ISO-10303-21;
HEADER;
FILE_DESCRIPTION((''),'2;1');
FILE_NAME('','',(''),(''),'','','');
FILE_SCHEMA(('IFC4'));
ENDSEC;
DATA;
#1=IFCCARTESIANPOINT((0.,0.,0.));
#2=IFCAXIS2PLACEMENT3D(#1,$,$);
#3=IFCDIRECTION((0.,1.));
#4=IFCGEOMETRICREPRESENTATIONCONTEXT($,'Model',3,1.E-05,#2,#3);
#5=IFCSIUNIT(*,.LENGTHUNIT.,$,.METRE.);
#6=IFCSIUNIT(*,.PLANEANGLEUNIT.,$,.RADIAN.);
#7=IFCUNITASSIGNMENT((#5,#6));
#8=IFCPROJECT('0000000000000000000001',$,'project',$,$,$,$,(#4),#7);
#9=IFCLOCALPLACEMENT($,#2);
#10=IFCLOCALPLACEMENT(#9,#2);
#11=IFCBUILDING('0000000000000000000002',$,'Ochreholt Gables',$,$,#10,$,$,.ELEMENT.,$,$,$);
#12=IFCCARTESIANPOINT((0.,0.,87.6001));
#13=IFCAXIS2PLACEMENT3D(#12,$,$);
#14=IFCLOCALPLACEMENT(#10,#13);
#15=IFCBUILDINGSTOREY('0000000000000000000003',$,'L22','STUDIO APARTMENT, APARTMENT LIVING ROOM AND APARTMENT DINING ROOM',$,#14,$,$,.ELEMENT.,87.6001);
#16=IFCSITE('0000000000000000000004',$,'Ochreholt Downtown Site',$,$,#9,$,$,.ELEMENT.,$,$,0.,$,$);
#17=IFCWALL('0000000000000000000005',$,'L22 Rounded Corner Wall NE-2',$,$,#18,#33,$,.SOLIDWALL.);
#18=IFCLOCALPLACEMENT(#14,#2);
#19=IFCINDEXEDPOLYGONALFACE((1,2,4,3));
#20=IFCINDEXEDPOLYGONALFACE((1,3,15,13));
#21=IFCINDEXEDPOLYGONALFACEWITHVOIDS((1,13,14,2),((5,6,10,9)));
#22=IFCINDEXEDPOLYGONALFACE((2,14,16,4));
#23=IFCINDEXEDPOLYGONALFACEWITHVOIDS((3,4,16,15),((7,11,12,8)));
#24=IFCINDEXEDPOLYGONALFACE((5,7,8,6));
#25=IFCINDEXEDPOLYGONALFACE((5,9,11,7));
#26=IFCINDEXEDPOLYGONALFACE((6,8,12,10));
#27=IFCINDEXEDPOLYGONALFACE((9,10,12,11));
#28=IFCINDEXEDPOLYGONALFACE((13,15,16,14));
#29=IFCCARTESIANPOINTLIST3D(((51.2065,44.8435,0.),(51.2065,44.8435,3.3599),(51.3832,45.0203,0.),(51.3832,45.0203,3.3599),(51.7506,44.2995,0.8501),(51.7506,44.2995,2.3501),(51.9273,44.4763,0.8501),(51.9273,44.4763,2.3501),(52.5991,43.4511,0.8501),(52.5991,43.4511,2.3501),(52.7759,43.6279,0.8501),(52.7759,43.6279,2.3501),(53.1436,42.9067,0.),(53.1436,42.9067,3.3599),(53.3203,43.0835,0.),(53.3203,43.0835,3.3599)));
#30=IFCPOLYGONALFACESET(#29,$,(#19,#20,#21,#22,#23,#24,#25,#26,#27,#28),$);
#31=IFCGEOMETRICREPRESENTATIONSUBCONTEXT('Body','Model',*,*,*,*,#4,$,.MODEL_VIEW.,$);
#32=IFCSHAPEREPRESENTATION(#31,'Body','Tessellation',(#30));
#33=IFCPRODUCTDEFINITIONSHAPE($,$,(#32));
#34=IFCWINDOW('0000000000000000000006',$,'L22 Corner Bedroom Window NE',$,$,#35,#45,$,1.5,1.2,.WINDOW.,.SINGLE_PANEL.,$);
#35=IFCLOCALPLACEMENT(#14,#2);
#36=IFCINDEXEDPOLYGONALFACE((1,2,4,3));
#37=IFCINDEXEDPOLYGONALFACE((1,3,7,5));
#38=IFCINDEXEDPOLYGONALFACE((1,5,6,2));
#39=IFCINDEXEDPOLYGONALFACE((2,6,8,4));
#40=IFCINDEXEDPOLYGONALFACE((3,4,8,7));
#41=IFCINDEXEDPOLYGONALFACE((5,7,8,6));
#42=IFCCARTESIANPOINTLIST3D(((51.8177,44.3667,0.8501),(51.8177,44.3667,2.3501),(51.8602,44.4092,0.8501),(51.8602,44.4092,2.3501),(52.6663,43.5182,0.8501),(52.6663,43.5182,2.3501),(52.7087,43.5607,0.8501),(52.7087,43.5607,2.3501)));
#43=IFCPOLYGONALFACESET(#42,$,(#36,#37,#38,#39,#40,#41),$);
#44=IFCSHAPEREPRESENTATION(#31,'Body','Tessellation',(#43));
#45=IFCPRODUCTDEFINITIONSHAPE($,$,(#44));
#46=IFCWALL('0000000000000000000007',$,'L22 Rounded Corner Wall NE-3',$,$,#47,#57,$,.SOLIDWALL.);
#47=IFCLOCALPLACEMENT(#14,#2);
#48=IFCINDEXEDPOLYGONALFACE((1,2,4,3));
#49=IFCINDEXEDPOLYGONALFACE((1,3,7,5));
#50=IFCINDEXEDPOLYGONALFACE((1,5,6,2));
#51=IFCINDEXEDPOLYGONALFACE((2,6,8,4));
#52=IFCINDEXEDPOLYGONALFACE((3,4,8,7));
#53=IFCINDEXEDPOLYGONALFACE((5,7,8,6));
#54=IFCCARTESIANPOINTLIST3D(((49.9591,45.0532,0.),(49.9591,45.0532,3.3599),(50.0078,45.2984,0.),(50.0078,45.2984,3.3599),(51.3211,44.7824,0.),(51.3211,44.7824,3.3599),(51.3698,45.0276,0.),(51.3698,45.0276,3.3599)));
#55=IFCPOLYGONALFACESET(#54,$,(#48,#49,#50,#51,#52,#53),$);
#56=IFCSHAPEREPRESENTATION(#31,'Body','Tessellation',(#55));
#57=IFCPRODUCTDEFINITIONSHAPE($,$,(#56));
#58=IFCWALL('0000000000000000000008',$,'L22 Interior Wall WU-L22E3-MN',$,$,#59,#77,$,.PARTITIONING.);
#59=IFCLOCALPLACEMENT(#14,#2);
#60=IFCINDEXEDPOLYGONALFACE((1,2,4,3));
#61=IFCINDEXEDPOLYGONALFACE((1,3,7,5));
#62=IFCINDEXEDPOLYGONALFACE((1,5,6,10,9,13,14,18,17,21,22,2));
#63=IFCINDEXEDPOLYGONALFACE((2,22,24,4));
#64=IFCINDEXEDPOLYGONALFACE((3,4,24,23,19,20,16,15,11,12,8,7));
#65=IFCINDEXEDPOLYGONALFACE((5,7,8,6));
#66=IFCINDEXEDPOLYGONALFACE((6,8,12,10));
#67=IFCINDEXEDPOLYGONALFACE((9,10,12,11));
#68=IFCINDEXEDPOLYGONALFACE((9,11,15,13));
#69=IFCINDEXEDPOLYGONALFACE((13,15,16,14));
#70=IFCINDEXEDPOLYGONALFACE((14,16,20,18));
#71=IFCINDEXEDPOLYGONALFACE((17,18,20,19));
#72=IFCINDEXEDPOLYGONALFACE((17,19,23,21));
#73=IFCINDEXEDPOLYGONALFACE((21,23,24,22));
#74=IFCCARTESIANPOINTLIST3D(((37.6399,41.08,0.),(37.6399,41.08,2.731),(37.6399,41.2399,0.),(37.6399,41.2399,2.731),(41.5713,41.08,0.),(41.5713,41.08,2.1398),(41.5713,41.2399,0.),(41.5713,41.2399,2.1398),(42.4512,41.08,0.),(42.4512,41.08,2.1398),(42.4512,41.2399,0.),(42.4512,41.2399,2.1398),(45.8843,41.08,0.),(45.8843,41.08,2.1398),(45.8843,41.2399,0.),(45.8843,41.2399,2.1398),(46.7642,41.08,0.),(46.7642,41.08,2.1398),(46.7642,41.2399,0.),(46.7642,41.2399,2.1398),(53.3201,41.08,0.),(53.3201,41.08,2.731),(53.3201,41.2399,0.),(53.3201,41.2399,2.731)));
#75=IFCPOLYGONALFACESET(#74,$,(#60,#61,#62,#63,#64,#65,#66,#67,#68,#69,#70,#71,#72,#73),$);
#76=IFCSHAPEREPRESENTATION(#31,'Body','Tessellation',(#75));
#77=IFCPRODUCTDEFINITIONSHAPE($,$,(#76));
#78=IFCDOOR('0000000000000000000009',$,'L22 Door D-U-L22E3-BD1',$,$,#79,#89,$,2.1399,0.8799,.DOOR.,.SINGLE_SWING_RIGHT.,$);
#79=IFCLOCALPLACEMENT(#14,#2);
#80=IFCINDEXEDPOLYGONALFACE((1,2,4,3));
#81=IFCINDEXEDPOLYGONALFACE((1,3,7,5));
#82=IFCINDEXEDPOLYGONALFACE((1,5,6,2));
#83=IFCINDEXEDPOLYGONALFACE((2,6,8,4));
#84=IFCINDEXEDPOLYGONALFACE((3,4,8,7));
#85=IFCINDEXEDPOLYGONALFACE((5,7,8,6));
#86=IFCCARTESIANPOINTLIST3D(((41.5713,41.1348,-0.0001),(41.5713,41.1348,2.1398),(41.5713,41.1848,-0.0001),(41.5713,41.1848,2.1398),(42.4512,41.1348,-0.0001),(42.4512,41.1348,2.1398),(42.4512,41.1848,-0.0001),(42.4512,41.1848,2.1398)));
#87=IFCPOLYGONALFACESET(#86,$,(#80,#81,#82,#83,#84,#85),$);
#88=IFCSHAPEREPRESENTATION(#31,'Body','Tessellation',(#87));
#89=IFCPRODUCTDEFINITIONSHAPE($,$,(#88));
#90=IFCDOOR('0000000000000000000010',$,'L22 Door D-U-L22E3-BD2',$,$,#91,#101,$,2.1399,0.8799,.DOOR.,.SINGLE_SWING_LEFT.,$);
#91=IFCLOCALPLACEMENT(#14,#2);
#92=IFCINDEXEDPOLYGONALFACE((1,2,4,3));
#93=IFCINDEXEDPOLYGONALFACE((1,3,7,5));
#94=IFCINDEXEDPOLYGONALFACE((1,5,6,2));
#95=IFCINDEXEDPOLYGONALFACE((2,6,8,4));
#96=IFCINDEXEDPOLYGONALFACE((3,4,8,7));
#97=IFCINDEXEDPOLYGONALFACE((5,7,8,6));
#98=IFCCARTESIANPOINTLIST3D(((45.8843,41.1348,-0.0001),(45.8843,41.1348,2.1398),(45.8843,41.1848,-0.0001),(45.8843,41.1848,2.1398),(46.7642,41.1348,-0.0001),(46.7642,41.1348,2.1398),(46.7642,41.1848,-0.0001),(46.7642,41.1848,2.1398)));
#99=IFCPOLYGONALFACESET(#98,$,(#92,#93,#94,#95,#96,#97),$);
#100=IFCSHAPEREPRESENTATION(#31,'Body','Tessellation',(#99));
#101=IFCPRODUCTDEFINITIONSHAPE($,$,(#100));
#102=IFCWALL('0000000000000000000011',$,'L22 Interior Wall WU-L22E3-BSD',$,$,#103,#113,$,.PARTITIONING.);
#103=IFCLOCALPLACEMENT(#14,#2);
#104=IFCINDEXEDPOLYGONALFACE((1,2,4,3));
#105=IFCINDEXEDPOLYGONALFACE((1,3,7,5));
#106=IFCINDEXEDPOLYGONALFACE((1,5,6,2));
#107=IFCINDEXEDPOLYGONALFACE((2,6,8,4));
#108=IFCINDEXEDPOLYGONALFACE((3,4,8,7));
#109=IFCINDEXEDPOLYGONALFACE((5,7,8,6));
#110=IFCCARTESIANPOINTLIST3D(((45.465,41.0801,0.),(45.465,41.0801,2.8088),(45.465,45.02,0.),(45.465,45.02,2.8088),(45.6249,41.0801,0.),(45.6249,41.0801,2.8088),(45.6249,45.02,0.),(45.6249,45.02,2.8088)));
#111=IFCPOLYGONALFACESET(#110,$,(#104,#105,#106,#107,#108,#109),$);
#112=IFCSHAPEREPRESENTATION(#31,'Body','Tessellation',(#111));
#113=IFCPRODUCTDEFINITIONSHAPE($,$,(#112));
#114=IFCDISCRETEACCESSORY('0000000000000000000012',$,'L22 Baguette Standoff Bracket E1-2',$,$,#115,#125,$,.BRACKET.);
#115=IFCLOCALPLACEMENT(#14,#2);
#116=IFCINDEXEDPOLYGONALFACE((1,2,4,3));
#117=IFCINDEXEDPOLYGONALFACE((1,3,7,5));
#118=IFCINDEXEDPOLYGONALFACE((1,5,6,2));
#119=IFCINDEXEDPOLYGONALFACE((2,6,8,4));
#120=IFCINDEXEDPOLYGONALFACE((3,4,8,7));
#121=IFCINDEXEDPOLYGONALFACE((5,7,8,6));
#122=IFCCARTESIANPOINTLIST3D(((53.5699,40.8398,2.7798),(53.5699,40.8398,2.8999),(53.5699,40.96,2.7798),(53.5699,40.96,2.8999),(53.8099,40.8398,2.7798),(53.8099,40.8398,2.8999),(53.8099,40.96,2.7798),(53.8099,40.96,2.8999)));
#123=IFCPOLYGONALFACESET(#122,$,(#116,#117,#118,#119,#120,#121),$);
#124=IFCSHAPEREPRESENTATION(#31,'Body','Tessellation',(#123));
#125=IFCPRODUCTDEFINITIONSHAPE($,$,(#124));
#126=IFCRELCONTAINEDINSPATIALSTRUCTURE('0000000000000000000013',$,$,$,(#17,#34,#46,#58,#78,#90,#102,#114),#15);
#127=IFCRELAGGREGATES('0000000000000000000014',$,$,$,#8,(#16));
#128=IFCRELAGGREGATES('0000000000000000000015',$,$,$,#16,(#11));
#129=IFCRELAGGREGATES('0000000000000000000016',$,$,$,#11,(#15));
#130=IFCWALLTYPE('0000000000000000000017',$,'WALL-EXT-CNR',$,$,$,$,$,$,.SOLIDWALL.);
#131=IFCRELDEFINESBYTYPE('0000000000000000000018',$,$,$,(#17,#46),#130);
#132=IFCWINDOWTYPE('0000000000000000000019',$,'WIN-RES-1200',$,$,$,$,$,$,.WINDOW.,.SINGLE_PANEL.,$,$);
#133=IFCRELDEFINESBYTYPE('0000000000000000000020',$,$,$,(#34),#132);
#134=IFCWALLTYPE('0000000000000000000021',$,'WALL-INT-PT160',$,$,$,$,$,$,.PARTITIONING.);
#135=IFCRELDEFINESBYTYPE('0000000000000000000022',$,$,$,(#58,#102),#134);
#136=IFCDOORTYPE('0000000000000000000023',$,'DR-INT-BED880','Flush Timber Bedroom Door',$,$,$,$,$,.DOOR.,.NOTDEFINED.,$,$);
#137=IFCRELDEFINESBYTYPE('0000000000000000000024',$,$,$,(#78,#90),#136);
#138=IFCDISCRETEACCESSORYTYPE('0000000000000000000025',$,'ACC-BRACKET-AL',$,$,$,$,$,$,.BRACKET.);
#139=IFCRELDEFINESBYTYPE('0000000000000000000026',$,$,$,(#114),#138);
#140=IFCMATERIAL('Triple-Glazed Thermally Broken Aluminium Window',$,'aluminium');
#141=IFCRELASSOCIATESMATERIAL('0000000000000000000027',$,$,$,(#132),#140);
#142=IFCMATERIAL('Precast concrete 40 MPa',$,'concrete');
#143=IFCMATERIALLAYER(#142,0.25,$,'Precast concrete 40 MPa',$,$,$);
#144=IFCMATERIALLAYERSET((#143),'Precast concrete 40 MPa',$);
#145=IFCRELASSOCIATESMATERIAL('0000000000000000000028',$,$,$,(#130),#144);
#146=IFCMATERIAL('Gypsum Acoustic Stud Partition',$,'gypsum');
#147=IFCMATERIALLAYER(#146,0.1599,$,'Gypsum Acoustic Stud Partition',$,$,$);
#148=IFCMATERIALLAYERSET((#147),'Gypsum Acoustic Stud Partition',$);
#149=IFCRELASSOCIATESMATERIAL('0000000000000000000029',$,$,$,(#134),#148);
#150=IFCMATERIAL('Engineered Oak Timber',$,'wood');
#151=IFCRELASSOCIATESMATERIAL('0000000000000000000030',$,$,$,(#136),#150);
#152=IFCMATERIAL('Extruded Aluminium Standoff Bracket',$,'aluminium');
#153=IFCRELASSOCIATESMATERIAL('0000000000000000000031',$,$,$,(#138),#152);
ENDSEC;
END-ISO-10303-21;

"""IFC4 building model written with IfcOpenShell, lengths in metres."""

from ifc_helpers import new_model, si_unit, direction, frame, frame_2d, origin, origin_2d, place, context, subcontext, project, spatial, rectangle, extrude, material, layer, layer_set, type_object, element, fill, save


model = new_model("IFC4")

# Units and contexts
model_context = context("Model", 3, precision=1e-05, world=origin(), true_north=direction((0.0, 1.0)))
body_context = subcontext(model_context, "Body", "Model", "MODEL_VIEW")
ifc_project = project(units=[si_unit("LENGTHUNIT", "METRE"), si_unit("PLANEANGLEUNIT", "RADIAN")], contexts=[model_context])

# Site, building, storey
site_placement = place(None, origin())
site = spatial("IfcSite", under=ifc_project, at=site_placement, Name="Ochreholt Downtown Site", CompositionType="ELEMENT", RefElevation=0.0)
building_placement = place(site_placement, origin())
building = spatial("IfcBuilding", under=site, at=building_placement, Name="Ochreholt Gables", CompositionType="ELEMENT")
storey_placement = place(building_placement, frame((0.0, 0.0, 87.6001)))
storey = spatial("IfcBuildingStorey", under=building, at=storey_placement, Name="L22", Description="STUDIO APARTMENT, APARTMENT LIVING ROOM AND APARTMENT DINING ROOM", CompositionType="ELEMENT", Elevation=87.6001)

# Shared definitions
ifc_material_1 = material(Name="Precast concrete 40 MPa", Category="concrete")
ifc_material_2 = material(Name="Triple-Glazed Thermally Broken Aluminium Window", Category="aluminium")
window_type = type_object("IfcWindowType", Name="WIN-RES-1200", PartitioningType="SINGLE_PANEL", PredefinedType="WINDOW", material=ifc_material_2)

# Shared definitions
ifc_layer_1 = layer(ifc_material_1, 0.25, Name="Precast concrete 40 MPa")
ifc_layer_set_1 = layer_set([ifc_layer_1], Name="Precast concrete 40 MPa")
wall_type_1 = type_object("IfcWallType", Name="WALL-EXT-CNR", PredefinedType="SOLIDWALL", material=ifc_layer_set_1)

# Wall, opening, window
wall_1_placement = place(storey_placement, frame((53.2319, 42.9951, 0.0), z_axis=(0.0, 0.0, 1.0), x_axis=(-0.707151, 0.707062, 0.0)))
wall_1 = element("IfcWall", 1, at=wall_1_placement, inside=storey, type_object=wall_type_1, Name="L22 Rounded Corner Wall NE-2", PredefinedType="SOLIDWALL", context=body_context, shape_type="SweptSolid", body=[
    extrude(rectangle(XDim=2.7393, YDim=0.25, at=frame_2d((1.3696, 0.0))), origin(), (0.0, 0.0, 1.0), 3.3599),
])
opening_1_placement = place(wall_1_placement, frame((0.7698, 0.0, 0.8501)))
opening_1 = element("IfcOpeningElement", 2, at=opening_1_placement, cuts=wall_1, PredefinedType="OPENING", context=body_context, shape_type="SweptSolid", body=[
    extrude(rectangle(XDim=1.2, YDim=1.5, at=frame_2d((0.6001, 0.75))), frame((0.0, 0.135, 0.0), z_axis=(0.0, -1.0, 0.0), x_axis=(1.0, 0.0, 0.0)), (0.0, 0.0, 1.0), 0.27),
])
window_1_placement = place(opening_1_placement, origin())
window_1 = element("IfcWindow", 3, at=window_1_placement, inside=storey, type_object=window_type, Name="L22 Corner Bedroom Window NE", OverallHeight=1.5, OverallWidth=1.2, PartitioningType="SINGLE_PANEL", PredefinedType="WINDOW", context=body_context, shape_type="SweptSolid", body=[
    extrude(rectangle(XDim=1.2, YDim=1.5, at=frame_2d((0.6001, 0.75))), frame((0.0, 0.03, 0.0), z_axis=(0.0, -1.0, 0.0), x_axis=(1.0, 0.0, 0.0)), (0.0, 0.0, 1.0), 0.0601),
])
fill(opening_1, window_1)

# Wall
wall_2_placement = place(storey_placement, frame((51.3455, 44.905, 0.0), z_axis=(0.0, 0.0, 1.0), x_axis=(-0.98081, 0.194967, 0.0)))
element("IfcWall", 4, at=wall_2_placement, inside=storey, type_object=wall_type_1, Name="L22 Rounded Corner Wall NE-3", PredefinedType="SOLIDWALL", context=body_context, shape_type="SweptSolid", body=[
    extrude(rectangle(XDim=1.3887, YDim=0.25, at=frame_2d((0.6943, 0.0))), origin(), (0.0, 0.0, 1.0), 3.3599),
])

# Wall, openings, doors
ifc_material_3 = material(Name="Gypsum Acoustic Stud Partition", Category="gypsum")
ifc_layer_2 = layer(ifc_material_3, 0.1599, Name="Gypsum Acoustic Stud Partition")
ifc_layer_set_2 = layer_set([ifc_layer_2], Name="Gypsum Acoustic Stud Partition")
wall_type_2 = type_object("IfcWallType", Name="WALL-INT-PT160", PredefinedType="PARTITIONING", material=ifc_layer_set_2)
wall_3_placement = place(storey_placement, frame((37.6399, 41.1599, 0.0), z_axis=(0.0, 0.0, 1.0), x_axis=(1.0, 0.0, 0.0)))
wall_3 = element("IfcWall", 5, at=wall_3_placement, inside=storey, type_object=wall_type_2, Name="L22 Interior Wall WU-L22E3-MN", PredefinedType="PARTITIONING", context=body_context, shape_type="SweptSolid", body=[
    extrude(rectangle(XDim=15.6802, YDim=0.1599, at=frame_2d((7.8401, 0.0))), origin(), (0.0, 0.0, 1.0), 2.731),
])
opening_2_placement = place(wall_3_placement, frame((3.9314, 0.0, 0.0)))
opening_2 = element("IfcOpeningElement", 6, at=opening_2_placement, cuts=wall_3, PredefinedType="OPENING", context=body_context, shape_type="SweptSolid", body=[
    extrude(rectangle(XDim=0.8799, YDim=2.1399, at=frame_2d((0.4399, 1.0698))), frame((0.0, 0.0898, 0.0), z_axis=(0.0, -1.0, 0.0), x_axis=(1.0, 0.0, 0.0)), (0.0, 0.0, 1.0), 0.1799),
])
opening_3_placement = place(wall_3_placement, frame((8.2444, 0.0, 0.0)))
opening_3 = element("IfcOpeningElement", 7, at=opening_3_placement, cuts=wall_3, PredefinedType="OPENING", context=body_context, shape_type="SweptSolid", body=[
    extrude(rectangle(XDim=0.8799, YDim=2.1399, at=frame_2d((0.4399, 1.0698))), frame((0.0, 0.0898, 0.0), z_axis=(0.0, -1.0, 0.0), x_axis=(1.0, 0.0, 0.0)), (0.0, 0.0, 1.0), 0.1799),
])
ifc_material_4 = material(Name="Engineered Oak Timber", Category="wood")
door_type = type_object("IfcDoorType", Name="DR-INT-BED880", Description="Flush Timber Bedroom Door", OperationType="NOTDEFINED", PredefinedType="DOOR", material=ifc_material_4)
door_1_placement = place(opening_2_placement, origin())
door_1 = element("IfcDoor", 8, at=door_1_placement, inside=storey, type_object=door_type, Name="L22 Door D-U-L22E3-BD1", OperationType="SINGLE_SWING_RIGHT", OverallHeight=2.1399, OverallWidth=0.8799, PredefinedType="DOOR", context=body_context, shape_type="SweptSolid", body=[
    extrude(rectangle(XDim=0.8799, YDim=2.1399, at=frame_2d((0.4399, 1.0698))), frame((0.0, 0.0249, 0.0), z_axis=(0.0, -1.0, 0.0), x_axis=(1.0, 0.0, 0.0)), (0.0, 0.0, 1.0), 0.05),
])
fill(opening_2, door_1)
door_2_placement = place(opening_3_placement, origin())
door_2 = element("IfcDoor", 9, at=door_2_placement, inside=storey, type_object=door_type, Name="L22 Door D-U-L22E3-BD2", OperationType="SINGLE_SWING_LEFT", OverallHeight=2.1399, OverallWidth=0.8799, PredefinedType="DOOR", context=body_context, shape_type="SweptSolid", body=[
    extrude(rectangle(XDim=0.8799, YDim=2.1399, at=frame_2d((0.4399, 1.0698))), frame((0.0, 0.0249, 0.0), z_axis=(0.0, -1.0, 0.0), x_axis=(1.0, 0.0, 0.0)), (0.0, 0.0, 1.0), 0.05),
])
fill(opening_3, door_2)

# Wall
wall_4_placement = place(storey_placement, frame((45.5449, 41.0801, 0.0), z_axis=(0.0, 0.0, 1.0), x_axis=(0.0, 1.0, 0.0)))
element("IfcWall", 10, at=wall_4_placement, inside=storey, type_object=wall_type_2, Name="L22 Interior Wall WU-L22E3-BSD", PredefinedType="PARTITIONING", context=body_context, shape_type="SweptSolid", body=[
    extrude(rectangle(XDim=3.9399, YDim=0.1599, at=frame_2d((1.97, 0.0))), origin(), (0.0, 0.0, 1.0), 2.8088),
])

# Discrete accessory
ifc_material_5 = material(Name="Extruded Aluminium Standoff Bracket", Category="aluminium")
discrete_accessory_type = type_object("IfcDiscreteAccessoryType", Name="ACC-BRACKET-AL", PredefinedType="BRACKET", material=ifc_material_5)
discrete_accessory_placement = place(storey_placement, frame((53.6899, 40.8999, 2.7798), z_axis=(0.0, 0.0, 1.0), x_axis=(0.0, 1.0, 0.0)))
element("IfcDiscreteAccessory", 11, at=discrete_accessory_placement, inside=storey, type_object=discrete_accessory_type, Name="L22 Baguette Standoff Bracket E1-2", PredefinedType="BRACKET", context=body_context, shape_type="SweptSolid", body=[
    extrude(rectangle(XDim=0.1201, YDim=0.24, at=origin_2d()), origin(), (0.0, 0.0, 1.0), 0.1201),
])

save(model, "model.ifc")
